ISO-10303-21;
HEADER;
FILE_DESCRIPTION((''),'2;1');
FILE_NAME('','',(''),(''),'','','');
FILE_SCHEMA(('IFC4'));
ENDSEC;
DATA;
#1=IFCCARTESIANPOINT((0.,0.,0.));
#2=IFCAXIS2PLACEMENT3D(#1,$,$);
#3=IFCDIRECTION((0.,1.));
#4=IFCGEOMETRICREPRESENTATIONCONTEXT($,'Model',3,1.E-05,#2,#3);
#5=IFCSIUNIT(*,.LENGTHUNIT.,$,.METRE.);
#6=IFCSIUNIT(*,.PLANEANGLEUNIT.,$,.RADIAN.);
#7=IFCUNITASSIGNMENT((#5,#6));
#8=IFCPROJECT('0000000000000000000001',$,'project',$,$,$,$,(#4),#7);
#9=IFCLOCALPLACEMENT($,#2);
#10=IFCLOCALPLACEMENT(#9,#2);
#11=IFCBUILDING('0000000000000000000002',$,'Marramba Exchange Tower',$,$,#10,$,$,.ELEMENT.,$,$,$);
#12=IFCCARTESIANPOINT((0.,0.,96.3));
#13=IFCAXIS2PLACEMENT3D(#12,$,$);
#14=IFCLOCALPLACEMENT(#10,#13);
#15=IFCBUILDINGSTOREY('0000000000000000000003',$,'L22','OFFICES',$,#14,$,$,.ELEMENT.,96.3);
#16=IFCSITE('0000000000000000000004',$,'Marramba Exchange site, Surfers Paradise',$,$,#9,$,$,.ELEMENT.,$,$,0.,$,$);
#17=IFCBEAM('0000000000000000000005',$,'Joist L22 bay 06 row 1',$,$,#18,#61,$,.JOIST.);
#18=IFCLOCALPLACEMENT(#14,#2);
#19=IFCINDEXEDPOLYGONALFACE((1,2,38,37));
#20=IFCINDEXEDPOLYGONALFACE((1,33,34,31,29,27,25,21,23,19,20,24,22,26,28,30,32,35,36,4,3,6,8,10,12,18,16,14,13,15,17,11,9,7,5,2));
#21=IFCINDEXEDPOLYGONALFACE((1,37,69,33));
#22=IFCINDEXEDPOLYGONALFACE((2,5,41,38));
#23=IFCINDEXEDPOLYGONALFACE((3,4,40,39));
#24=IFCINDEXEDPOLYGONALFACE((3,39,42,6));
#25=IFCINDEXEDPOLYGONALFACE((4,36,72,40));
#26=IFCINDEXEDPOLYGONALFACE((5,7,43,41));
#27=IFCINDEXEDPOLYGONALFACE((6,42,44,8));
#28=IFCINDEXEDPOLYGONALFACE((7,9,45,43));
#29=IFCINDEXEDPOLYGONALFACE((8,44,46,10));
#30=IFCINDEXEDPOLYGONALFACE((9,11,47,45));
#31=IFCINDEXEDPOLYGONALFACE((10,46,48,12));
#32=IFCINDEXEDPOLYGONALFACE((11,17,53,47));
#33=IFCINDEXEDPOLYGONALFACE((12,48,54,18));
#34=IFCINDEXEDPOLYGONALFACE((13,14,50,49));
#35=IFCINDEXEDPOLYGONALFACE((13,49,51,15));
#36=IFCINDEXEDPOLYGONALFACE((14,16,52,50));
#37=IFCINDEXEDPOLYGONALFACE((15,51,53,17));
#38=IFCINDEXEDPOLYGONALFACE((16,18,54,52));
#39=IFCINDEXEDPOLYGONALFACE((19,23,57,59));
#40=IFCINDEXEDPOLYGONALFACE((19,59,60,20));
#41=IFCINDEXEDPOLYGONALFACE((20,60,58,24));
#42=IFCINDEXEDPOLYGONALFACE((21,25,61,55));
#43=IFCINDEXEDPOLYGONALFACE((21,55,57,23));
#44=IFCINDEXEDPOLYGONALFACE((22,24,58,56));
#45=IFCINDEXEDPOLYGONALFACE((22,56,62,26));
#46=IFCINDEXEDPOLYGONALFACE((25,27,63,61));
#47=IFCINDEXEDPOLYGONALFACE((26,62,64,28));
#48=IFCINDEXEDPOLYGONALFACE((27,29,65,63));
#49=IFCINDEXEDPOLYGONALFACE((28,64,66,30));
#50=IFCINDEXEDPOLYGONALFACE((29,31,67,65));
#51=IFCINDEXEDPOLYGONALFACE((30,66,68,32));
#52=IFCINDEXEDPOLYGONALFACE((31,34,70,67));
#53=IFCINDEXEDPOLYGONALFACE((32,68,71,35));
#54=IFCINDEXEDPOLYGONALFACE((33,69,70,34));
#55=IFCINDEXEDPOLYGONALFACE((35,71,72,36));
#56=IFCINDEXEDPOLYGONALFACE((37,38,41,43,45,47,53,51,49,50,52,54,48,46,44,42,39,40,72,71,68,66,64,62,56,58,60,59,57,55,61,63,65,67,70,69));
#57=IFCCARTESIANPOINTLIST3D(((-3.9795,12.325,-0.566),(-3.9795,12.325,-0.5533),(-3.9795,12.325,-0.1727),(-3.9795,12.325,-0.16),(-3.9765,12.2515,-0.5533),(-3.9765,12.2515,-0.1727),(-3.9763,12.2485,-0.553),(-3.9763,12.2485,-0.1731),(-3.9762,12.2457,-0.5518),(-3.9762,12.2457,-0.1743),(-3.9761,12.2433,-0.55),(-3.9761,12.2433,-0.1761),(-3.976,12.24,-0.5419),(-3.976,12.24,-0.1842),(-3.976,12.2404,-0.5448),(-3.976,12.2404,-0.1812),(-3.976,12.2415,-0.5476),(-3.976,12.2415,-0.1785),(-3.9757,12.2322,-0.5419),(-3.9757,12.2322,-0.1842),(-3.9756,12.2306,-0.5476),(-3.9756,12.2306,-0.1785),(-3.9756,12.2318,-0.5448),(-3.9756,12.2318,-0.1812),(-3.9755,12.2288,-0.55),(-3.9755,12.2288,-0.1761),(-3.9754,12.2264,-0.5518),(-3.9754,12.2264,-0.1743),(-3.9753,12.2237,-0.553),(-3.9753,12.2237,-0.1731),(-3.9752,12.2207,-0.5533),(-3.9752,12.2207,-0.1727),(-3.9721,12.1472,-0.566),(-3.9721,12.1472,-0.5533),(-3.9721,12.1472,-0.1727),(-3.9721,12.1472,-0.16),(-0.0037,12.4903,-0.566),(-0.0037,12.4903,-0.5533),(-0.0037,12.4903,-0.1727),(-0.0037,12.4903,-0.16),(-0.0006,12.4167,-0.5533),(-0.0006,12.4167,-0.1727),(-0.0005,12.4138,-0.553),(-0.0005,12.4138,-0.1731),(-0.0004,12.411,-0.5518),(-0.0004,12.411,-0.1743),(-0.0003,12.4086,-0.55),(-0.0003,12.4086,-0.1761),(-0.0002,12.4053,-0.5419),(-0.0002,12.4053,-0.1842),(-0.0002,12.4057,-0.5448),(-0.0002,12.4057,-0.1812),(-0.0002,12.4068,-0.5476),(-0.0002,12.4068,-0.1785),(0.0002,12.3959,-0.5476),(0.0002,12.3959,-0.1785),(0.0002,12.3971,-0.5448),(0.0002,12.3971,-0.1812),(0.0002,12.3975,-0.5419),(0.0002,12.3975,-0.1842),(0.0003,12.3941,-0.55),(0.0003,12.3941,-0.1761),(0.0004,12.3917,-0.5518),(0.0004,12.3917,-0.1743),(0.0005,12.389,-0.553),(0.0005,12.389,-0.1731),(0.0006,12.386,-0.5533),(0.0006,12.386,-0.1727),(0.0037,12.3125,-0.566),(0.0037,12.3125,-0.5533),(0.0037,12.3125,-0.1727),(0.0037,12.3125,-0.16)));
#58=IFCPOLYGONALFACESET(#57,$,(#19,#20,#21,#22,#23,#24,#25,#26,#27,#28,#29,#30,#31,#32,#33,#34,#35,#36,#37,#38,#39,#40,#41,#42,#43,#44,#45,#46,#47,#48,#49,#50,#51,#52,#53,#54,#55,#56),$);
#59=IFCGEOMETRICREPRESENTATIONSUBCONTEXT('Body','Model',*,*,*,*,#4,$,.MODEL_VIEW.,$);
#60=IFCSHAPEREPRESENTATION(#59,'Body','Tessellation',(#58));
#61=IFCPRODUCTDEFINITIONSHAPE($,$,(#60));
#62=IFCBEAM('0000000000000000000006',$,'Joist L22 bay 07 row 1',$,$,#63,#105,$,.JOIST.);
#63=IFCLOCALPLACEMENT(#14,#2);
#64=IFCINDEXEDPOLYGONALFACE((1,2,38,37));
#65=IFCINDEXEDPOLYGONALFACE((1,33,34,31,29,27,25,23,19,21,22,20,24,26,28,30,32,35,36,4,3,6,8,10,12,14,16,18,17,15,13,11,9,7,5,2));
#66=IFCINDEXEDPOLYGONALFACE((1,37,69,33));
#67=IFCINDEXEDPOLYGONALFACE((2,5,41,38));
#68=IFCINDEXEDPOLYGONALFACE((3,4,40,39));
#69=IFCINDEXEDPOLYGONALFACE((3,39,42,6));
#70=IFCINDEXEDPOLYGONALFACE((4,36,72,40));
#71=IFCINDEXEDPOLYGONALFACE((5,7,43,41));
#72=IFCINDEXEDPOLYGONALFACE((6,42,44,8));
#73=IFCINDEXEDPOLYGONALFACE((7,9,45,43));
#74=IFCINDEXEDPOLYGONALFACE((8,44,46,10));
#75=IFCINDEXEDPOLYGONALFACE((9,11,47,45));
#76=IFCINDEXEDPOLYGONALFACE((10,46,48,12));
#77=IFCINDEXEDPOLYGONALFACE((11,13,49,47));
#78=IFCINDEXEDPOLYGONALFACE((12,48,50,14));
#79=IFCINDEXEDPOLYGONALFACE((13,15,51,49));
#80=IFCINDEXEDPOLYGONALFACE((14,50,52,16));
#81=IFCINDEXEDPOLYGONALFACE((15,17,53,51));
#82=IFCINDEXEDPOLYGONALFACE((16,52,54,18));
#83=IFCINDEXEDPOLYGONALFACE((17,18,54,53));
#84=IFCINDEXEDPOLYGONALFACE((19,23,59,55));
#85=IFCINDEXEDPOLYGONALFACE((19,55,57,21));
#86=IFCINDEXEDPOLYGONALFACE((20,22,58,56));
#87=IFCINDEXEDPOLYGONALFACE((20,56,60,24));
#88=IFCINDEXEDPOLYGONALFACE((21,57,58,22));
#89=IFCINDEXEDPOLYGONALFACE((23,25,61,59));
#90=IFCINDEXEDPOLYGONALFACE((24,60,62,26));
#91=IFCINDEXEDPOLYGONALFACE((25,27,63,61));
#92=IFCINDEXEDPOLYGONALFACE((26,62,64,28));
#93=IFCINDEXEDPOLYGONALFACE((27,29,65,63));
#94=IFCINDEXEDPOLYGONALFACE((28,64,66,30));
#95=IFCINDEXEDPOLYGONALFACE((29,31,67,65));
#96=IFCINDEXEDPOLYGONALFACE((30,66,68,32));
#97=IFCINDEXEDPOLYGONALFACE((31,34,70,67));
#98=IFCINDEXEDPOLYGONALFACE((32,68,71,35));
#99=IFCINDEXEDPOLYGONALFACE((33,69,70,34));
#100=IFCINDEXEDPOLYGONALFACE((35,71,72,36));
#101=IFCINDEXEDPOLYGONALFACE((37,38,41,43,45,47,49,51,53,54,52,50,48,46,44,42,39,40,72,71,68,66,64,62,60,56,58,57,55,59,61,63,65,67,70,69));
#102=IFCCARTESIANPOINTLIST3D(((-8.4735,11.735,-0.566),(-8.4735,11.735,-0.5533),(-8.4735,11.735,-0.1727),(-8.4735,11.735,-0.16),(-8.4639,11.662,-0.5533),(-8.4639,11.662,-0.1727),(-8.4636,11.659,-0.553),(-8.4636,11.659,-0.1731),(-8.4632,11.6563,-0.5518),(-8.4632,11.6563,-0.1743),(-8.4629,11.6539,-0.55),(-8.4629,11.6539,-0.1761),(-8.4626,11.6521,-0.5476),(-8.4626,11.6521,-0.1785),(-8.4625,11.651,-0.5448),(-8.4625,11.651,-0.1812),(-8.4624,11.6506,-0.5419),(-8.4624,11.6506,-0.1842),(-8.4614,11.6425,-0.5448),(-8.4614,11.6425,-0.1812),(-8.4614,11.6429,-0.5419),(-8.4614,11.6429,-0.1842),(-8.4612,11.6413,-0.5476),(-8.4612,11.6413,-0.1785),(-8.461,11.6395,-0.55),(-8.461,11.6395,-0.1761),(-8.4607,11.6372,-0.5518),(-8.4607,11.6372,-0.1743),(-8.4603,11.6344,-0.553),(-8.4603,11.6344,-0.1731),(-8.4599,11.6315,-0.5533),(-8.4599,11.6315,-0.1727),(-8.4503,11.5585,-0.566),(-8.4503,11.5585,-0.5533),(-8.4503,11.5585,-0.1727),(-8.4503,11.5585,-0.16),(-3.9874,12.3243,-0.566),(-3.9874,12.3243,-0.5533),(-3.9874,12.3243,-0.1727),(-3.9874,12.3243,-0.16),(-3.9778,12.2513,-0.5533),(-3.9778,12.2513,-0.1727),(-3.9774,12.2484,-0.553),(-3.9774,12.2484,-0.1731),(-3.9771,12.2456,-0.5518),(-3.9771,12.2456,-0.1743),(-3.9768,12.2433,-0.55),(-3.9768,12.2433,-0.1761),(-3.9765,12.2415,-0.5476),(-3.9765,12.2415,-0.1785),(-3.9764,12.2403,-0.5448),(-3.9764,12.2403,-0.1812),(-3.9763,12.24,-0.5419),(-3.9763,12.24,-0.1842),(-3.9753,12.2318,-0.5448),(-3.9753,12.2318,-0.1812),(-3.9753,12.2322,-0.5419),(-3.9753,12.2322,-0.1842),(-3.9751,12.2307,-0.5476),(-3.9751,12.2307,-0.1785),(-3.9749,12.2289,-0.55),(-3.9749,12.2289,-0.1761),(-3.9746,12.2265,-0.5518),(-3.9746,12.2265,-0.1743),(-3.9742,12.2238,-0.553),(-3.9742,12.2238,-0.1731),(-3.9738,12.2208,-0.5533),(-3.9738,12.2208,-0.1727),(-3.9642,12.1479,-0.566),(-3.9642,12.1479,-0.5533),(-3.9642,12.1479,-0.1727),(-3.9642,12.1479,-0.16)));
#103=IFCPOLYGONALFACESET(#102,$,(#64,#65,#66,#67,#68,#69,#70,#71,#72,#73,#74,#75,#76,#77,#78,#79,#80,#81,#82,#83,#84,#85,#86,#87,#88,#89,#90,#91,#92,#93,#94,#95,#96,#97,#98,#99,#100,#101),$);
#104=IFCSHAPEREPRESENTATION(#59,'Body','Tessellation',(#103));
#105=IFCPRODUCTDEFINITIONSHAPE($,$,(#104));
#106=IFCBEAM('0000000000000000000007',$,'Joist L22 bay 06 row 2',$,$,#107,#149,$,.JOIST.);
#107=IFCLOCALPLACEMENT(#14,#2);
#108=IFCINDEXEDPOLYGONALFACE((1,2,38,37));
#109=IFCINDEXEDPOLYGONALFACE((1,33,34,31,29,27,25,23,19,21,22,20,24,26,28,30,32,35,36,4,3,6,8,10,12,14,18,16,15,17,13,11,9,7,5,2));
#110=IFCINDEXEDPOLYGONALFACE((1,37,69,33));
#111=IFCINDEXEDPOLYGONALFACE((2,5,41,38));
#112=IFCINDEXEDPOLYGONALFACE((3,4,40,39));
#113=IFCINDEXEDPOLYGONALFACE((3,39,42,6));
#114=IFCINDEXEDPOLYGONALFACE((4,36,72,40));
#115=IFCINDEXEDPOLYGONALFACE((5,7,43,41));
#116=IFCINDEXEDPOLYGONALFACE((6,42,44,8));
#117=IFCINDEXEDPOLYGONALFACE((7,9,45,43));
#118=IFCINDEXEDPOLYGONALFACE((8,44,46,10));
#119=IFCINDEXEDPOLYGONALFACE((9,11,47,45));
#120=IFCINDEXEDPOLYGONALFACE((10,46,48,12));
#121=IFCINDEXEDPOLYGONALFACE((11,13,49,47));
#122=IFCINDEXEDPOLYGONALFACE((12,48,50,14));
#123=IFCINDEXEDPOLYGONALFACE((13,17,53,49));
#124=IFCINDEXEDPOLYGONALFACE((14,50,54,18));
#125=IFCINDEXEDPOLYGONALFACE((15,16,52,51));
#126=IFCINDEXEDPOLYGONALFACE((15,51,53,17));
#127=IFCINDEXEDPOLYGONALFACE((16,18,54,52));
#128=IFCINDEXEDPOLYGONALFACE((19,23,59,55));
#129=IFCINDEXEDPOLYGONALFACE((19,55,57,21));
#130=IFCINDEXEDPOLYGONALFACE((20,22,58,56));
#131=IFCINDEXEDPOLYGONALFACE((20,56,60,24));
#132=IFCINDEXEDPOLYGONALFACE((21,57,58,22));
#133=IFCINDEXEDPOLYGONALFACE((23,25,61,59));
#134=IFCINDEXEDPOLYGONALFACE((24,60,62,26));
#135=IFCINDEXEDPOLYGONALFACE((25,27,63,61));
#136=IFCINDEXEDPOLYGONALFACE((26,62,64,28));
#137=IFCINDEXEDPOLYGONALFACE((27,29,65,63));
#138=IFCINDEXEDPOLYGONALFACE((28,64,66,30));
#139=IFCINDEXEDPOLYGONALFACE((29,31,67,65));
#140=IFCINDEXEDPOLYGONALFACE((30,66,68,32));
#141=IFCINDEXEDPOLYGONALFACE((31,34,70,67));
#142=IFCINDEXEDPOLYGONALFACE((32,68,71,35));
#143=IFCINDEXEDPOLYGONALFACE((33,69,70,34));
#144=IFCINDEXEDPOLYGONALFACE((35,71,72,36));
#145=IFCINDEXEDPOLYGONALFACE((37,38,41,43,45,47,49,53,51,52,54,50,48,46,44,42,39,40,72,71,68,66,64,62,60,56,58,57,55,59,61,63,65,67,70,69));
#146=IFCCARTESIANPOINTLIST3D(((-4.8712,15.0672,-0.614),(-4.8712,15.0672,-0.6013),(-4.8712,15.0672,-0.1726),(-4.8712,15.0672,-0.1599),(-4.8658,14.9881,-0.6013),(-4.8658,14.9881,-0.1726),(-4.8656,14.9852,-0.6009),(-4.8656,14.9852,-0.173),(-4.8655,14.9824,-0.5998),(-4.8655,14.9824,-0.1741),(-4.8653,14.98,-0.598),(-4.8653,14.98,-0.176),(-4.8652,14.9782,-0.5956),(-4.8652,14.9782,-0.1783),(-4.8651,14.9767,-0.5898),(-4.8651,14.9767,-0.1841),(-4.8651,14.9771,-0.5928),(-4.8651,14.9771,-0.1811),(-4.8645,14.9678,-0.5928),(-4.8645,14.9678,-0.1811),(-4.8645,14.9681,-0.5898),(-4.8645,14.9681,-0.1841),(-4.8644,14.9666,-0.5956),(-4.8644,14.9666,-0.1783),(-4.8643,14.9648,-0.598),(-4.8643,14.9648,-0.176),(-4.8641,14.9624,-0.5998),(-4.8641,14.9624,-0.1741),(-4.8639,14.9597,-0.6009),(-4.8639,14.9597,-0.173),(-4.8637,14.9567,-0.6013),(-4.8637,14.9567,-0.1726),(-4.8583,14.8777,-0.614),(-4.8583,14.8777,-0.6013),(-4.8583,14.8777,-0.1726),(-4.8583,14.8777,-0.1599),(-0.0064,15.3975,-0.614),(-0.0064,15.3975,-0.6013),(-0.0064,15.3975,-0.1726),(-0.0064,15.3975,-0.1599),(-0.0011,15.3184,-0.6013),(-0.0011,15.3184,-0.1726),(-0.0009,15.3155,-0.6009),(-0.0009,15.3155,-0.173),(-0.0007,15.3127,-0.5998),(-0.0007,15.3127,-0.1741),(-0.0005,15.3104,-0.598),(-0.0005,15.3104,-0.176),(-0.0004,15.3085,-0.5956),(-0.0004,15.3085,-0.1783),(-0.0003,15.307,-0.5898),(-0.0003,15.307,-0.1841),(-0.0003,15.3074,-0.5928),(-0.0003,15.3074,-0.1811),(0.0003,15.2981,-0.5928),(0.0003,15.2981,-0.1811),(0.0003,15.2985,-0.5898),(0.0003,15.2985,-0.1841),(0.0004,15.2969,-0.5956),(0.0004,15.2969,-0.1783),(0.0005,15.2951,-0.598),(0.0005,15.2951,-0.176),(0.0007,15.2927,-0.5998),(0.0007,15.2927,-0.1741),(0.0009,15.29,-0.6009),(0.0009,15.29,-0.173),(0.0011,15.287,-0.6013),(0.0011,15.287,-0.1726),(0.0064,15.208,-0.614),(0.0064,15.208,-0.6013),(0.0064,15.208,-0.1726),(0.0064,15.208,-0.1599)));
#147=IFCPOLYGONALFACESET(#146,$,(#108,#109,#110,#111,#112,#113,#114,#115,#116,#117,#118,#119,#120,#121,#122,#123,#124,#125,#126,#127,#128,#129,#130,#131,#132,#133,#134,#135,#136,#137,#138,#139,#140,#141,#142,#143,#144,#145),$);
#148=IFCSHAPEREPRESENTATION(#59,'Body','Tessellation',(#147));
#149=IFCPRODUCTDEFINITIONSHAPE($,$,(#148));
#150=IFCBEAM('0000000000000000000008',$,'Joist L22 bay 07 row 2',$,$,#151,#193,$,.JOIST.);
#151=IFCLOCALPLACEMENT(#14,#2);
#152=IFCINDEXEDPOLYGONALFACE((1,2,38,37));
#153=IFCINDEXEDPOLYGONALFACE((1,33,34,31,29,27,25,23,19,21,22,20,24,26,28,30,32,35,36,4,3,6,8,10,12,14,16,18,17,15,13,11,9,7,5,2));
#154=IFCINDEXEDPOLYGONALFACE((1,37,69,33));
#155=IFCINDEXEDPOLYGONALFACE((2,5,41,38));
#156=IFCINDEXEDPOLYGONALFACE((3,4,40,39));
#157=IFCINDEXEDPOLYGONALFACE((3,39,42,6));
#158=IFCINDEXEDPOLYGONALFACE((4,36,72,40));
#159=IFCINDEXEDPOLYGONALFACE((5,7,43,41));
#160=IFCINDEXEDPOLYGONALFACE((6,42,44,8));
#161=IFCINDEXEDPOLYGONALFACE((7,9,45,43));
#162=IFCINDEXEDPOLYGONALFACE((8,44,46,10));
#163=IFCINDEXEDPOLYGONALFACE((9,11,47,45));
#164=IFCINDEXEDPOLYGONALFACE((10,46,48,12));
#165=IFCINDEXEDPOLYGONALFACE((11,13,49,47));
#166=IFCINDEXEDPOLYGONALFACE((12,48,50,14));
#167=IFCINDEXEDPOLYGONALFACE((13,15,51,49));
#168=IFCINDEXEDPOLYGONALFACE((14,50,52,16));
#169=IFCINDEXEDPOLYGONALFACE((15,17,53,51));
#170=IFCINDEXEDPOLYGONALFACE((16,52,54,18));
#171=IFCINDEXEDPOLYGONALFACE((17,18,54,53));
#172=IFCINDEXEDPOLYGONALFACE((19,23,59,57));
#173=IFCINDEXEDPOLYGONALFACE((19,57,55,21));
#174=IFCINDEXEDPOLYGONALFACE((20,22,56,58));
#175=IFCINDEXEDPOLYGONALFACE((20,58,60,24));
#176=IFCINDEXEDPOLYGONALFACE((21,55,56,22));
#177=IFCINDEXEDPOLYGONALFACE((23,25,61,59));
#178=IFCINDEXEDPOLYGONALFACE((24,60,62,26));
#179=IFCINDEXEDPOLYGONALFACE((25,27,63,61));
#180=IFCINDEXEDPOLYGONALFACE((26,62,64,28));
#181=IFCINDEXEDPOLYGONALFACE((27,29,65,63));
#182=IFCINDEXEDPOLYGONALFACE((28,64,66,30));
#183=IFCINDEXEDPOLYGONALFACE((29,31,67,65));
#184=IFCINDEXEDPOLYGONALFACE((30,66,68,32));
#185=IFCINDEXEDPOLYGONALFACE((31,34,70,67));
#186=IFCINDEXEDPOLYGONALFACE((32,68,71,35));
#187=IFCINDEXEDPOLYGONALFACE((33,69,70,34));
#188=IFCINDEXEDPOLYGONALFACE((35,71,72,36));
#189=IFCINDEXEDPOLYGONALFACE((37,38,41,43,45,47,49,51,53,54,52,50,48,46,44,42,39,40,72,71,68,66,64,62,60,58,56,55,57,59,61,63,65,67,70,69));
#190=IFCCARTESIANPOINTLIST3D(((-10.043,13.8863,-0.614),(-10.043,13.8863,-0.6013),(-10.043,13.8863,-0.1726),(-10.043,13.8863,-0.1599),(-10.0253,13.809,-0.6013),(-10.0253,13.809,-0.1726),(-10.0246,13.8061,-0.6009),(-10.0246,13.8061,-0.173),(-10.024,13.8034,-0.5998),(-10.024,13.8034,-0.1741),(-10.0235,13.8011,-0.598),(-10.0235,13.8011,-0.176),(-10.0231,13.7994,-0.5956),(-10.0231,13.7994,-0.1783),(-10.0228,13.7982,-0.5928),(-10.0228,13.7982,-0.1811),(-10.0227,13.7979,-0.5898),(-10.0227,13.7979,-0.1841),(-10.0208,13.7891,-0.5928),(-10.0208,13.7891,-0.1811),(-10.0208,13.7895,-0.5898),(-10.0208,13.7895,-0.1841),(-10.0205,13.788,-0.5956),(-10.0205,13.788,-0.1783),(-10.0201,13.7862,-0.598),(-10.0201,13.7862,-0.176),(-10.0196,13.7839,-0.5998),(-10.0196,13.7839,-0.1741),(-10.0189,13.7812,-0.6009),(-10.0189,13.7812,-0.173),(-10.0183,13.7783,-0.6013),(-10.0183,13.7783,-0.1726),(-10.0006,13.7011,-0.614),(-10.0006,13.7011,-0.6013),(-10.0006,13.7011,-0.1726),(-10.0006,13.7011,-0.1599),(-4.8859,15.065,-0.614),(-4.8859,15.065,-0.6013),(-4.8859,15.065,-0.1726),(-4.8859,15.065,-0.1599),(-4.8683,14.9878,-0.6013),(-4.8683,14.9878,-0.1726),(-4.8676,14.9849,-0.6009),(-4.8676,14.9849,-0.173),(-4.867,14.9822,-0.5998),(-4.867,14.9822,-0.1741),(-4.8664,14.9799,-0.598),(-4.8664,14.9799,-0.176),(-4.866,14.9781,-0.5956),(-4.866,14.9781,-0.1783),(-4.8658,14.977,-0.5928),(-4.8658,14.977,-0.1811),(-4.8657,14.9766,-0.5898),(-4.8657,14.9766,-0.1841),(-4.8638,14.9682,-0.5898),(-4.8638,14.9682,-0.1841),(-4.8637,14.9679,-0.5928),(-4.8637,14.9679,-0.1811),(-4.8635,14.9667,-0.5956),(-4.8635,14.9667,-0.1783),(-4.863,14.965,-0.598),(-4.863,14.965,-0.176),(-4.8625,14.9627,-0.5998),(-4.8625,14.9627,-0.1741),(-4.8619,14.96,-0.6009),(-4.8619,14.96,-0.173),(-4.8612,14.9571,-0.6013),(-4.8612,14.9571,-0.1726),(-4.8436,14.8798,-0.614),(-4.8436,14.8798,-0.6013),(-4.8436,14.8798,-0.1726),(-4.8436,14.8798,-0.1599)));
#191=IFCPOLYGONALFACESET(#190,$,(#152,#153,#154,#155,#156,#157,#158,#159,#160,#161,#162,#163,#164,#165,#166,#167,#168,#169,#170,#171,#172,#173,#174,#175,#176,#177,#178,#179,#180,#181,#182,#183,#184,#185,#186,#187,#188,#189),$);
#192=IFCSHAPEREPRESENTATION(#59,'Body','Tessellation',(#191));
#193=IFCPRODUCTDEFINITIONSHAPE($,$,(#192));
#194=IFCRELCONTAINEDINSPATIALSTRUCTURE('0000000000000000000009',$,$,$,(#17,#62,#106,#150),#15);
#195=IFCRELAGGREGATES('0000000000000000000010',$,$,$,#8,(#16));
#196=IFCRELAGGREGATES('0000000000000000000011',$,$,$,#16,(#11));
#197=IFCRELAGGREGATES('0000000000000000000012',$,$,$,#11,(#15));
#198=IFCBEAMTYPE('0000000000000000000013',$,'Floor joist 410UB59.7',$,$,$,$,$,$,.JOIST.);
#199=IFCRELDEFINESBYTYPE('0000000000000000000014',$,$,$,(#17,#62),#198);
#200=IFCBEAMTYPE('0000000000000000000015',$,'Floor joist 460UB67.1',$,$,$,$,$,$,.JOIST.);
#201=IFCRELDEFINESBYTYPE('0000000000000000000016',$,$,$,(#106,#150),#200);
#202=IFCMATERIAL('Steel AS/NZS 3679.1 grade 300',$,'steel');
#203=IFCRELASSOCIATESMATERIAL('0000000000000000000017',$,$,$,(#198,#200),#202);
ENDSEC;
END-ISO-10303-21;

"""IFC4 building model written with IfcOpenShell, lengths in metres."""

from ifc_helpers import new_model, si_unit, direction, frame, origin, origin_2d, place, context, subcontext, project, spatial, i_section, extrude, material, material_profile, profile_set, type_object, element, save


model = new_model("IFC4")

# Units and contexts
model_context = context("Model", 3, precision=1e-05, world=origin(), true_north=direction((0.0, 1.0)))
body_context = subcontext(model_context, "Body", "Model", "MODEL_VIEW")
ifc_project = project(units=[si_unit("LENGTHUNIT", "METRE"), si_unit("PLANEANGLEUNIT", "RADIAN")], contexts=[model_context])

# Site, building, storey
site_placement = place(None, origin())
site = spatial("IfcSite", under=ifc_project, at=site_placement, Name="Marramba Exchange site, Surfers Paradise", CompositionType="ELEMENT", RefElevation=0.0)
building_placement = place(site_placement, origin())
building = spatial("IfcBuilding", under=site, at=building_placement, Name="Marramba Exchange Tower", CompositionType="ELEMENT")
storey_placement = place(building_placement, frame((0.0, 0.0, 96.3)))
storey = spatial("IfcBuildingStorey", under=building, at=storey_placement, Name="L22", Description="OFFICES", CompositionType="ELEMENT", Elevation=96.3)

# Beams
ifc_material_1 = material(Name="Steel AS/NZS 3679.1 grade 300", Category="steel")
ifc_material_profile_1 = material_profile(ifc_material_1, i_section(OverallWidth=0.178, OverallDepth=0.406, WebThickness=0.0078, FlangeThickness=0.0127, FilletRadius=0.0115, at=origin_2d()), Name="410UB59.7")
ifc_profile_set_1 = profile_set([ifc_material_profile_1], Name="Steel AS/NZS 3679.1 grade 300")
beam_type_1 = type_object("IfcBeamType", Name="Floor joist 410UB59.7", PredefinedType="JOIST", material=ifc_profile_set_1)
beam_1_placement = place(storey_placement, frame((0.0, 12.4014, -0.363), z_axis=(-0.999137, -0.041536, 0.0), x_axis=(0.041536, -0.999137, 0.0)))
element("IfcBeam", 1, at=beam_1_placement, inside=storey, type_object=beam_type_1, Name="Joist L22 bay 06 row 1", PredefinedType="JOIST", context=body_context, shape_type="SweptSolid", body=[
    extrude(i_section(OverallWidth=0.178, OverallDepth=0.406, WebThickness=0.0078, FlangeThickness=0.0127, FilletRadius=0.0115, at=origin_2d()), origin(), (0.0, 0.0, 1.0), 3.9792),
])
beam_2_placement = place(storey_placement, frame((-3.9758, 12.2361, -0.363), z_axis=(-0.991481, -0.130255, 0.0), x_axis=(0.130255, -0.991481, 0.0)))
element("IfcBeam", 2, at=beam_2_placement, inside=storey, type_object=beam_type_1, Name="Joist L22 bay 07 row 1", PredefinedType="JOIST", context=body_context, shape_type="SweptSolid", body=[
    extrude(i_section(OverallWidth=0.178, OverallDepth=0.406, WebThickness=0.0078, FlangeThickness=0.0127, FilletRadius=0.0115, at=origin_2d()), origin(), (0.0, 0.0, 1.0), 4.5247),
])
ifc_material_profile_2 = material_profile(ifc_material_1, i_section(OverallWidth=0.1899, OverallDepth=0.4541, WebThickness=0.0085, FlangeThickness=0.0127, FilletRadius=0.0115, at=origin_2d()), Name="460UB67.1")
ifc_profile_set_2 = profile_set([ifc_material_profile_2], Name="Steel AS/NZS 3679.1 grade 300")
beam_type_2 = type_object("IfcBeamType", Name="Floor joist 460UB67.1", PredefinedType="JOIST", material=ifc_profile_set_2)
beam_3_placement = place(storey_placement, frame((0.0, 15.3027, -0.387), z_axis=(-0.997703, -0.067745, 0.0), x_axis=(0.067745, -0.997703, 0.0)))
element("IfcBeam", 3, at=beam_3_placement, inside=storey, type_object=beam_type_2, Name="Joist L22 bay 06 row 2", PredefinedType="JOIST", context=body_context, shape_type="SweptSolid", body=[
    extrude(i_section(OverallWidth=0.1899, OverallDepth=0.4541, WebThickness=0.0085, FlangeThickness=0.0127, FilletRadius=0.0115, at=origin_2d()), origin(), (0.0, 0.0, 1.0), 4.876),
])
beam_4_placement = place(storey_placement, frame((-4.8647, 14.9724, -0.387), z_axis=(-0.97486, -0.22282, 0.0), x_axis=(0.22282, -0.97486, 0.0)))
element("IfcBeam", 4, at=beam_4_placement, inside=storey, type_object=beam_type_2, Name="Joist L22 bay 07 row 2", PredefinedType="JOIST", context=body_context, shape_type="SweptSolid", body=[
    extrude(i_section(OverallWidth=0.1899, OverallDepth=0.4541, WebThickness=0.0085, FlangeThickness=0.0127, FilletRadius=0.0115, at=origin_2d()), origin(), (0.0, 0.0, 1.0), 5.29),
])

save(model, "model.ifc")
